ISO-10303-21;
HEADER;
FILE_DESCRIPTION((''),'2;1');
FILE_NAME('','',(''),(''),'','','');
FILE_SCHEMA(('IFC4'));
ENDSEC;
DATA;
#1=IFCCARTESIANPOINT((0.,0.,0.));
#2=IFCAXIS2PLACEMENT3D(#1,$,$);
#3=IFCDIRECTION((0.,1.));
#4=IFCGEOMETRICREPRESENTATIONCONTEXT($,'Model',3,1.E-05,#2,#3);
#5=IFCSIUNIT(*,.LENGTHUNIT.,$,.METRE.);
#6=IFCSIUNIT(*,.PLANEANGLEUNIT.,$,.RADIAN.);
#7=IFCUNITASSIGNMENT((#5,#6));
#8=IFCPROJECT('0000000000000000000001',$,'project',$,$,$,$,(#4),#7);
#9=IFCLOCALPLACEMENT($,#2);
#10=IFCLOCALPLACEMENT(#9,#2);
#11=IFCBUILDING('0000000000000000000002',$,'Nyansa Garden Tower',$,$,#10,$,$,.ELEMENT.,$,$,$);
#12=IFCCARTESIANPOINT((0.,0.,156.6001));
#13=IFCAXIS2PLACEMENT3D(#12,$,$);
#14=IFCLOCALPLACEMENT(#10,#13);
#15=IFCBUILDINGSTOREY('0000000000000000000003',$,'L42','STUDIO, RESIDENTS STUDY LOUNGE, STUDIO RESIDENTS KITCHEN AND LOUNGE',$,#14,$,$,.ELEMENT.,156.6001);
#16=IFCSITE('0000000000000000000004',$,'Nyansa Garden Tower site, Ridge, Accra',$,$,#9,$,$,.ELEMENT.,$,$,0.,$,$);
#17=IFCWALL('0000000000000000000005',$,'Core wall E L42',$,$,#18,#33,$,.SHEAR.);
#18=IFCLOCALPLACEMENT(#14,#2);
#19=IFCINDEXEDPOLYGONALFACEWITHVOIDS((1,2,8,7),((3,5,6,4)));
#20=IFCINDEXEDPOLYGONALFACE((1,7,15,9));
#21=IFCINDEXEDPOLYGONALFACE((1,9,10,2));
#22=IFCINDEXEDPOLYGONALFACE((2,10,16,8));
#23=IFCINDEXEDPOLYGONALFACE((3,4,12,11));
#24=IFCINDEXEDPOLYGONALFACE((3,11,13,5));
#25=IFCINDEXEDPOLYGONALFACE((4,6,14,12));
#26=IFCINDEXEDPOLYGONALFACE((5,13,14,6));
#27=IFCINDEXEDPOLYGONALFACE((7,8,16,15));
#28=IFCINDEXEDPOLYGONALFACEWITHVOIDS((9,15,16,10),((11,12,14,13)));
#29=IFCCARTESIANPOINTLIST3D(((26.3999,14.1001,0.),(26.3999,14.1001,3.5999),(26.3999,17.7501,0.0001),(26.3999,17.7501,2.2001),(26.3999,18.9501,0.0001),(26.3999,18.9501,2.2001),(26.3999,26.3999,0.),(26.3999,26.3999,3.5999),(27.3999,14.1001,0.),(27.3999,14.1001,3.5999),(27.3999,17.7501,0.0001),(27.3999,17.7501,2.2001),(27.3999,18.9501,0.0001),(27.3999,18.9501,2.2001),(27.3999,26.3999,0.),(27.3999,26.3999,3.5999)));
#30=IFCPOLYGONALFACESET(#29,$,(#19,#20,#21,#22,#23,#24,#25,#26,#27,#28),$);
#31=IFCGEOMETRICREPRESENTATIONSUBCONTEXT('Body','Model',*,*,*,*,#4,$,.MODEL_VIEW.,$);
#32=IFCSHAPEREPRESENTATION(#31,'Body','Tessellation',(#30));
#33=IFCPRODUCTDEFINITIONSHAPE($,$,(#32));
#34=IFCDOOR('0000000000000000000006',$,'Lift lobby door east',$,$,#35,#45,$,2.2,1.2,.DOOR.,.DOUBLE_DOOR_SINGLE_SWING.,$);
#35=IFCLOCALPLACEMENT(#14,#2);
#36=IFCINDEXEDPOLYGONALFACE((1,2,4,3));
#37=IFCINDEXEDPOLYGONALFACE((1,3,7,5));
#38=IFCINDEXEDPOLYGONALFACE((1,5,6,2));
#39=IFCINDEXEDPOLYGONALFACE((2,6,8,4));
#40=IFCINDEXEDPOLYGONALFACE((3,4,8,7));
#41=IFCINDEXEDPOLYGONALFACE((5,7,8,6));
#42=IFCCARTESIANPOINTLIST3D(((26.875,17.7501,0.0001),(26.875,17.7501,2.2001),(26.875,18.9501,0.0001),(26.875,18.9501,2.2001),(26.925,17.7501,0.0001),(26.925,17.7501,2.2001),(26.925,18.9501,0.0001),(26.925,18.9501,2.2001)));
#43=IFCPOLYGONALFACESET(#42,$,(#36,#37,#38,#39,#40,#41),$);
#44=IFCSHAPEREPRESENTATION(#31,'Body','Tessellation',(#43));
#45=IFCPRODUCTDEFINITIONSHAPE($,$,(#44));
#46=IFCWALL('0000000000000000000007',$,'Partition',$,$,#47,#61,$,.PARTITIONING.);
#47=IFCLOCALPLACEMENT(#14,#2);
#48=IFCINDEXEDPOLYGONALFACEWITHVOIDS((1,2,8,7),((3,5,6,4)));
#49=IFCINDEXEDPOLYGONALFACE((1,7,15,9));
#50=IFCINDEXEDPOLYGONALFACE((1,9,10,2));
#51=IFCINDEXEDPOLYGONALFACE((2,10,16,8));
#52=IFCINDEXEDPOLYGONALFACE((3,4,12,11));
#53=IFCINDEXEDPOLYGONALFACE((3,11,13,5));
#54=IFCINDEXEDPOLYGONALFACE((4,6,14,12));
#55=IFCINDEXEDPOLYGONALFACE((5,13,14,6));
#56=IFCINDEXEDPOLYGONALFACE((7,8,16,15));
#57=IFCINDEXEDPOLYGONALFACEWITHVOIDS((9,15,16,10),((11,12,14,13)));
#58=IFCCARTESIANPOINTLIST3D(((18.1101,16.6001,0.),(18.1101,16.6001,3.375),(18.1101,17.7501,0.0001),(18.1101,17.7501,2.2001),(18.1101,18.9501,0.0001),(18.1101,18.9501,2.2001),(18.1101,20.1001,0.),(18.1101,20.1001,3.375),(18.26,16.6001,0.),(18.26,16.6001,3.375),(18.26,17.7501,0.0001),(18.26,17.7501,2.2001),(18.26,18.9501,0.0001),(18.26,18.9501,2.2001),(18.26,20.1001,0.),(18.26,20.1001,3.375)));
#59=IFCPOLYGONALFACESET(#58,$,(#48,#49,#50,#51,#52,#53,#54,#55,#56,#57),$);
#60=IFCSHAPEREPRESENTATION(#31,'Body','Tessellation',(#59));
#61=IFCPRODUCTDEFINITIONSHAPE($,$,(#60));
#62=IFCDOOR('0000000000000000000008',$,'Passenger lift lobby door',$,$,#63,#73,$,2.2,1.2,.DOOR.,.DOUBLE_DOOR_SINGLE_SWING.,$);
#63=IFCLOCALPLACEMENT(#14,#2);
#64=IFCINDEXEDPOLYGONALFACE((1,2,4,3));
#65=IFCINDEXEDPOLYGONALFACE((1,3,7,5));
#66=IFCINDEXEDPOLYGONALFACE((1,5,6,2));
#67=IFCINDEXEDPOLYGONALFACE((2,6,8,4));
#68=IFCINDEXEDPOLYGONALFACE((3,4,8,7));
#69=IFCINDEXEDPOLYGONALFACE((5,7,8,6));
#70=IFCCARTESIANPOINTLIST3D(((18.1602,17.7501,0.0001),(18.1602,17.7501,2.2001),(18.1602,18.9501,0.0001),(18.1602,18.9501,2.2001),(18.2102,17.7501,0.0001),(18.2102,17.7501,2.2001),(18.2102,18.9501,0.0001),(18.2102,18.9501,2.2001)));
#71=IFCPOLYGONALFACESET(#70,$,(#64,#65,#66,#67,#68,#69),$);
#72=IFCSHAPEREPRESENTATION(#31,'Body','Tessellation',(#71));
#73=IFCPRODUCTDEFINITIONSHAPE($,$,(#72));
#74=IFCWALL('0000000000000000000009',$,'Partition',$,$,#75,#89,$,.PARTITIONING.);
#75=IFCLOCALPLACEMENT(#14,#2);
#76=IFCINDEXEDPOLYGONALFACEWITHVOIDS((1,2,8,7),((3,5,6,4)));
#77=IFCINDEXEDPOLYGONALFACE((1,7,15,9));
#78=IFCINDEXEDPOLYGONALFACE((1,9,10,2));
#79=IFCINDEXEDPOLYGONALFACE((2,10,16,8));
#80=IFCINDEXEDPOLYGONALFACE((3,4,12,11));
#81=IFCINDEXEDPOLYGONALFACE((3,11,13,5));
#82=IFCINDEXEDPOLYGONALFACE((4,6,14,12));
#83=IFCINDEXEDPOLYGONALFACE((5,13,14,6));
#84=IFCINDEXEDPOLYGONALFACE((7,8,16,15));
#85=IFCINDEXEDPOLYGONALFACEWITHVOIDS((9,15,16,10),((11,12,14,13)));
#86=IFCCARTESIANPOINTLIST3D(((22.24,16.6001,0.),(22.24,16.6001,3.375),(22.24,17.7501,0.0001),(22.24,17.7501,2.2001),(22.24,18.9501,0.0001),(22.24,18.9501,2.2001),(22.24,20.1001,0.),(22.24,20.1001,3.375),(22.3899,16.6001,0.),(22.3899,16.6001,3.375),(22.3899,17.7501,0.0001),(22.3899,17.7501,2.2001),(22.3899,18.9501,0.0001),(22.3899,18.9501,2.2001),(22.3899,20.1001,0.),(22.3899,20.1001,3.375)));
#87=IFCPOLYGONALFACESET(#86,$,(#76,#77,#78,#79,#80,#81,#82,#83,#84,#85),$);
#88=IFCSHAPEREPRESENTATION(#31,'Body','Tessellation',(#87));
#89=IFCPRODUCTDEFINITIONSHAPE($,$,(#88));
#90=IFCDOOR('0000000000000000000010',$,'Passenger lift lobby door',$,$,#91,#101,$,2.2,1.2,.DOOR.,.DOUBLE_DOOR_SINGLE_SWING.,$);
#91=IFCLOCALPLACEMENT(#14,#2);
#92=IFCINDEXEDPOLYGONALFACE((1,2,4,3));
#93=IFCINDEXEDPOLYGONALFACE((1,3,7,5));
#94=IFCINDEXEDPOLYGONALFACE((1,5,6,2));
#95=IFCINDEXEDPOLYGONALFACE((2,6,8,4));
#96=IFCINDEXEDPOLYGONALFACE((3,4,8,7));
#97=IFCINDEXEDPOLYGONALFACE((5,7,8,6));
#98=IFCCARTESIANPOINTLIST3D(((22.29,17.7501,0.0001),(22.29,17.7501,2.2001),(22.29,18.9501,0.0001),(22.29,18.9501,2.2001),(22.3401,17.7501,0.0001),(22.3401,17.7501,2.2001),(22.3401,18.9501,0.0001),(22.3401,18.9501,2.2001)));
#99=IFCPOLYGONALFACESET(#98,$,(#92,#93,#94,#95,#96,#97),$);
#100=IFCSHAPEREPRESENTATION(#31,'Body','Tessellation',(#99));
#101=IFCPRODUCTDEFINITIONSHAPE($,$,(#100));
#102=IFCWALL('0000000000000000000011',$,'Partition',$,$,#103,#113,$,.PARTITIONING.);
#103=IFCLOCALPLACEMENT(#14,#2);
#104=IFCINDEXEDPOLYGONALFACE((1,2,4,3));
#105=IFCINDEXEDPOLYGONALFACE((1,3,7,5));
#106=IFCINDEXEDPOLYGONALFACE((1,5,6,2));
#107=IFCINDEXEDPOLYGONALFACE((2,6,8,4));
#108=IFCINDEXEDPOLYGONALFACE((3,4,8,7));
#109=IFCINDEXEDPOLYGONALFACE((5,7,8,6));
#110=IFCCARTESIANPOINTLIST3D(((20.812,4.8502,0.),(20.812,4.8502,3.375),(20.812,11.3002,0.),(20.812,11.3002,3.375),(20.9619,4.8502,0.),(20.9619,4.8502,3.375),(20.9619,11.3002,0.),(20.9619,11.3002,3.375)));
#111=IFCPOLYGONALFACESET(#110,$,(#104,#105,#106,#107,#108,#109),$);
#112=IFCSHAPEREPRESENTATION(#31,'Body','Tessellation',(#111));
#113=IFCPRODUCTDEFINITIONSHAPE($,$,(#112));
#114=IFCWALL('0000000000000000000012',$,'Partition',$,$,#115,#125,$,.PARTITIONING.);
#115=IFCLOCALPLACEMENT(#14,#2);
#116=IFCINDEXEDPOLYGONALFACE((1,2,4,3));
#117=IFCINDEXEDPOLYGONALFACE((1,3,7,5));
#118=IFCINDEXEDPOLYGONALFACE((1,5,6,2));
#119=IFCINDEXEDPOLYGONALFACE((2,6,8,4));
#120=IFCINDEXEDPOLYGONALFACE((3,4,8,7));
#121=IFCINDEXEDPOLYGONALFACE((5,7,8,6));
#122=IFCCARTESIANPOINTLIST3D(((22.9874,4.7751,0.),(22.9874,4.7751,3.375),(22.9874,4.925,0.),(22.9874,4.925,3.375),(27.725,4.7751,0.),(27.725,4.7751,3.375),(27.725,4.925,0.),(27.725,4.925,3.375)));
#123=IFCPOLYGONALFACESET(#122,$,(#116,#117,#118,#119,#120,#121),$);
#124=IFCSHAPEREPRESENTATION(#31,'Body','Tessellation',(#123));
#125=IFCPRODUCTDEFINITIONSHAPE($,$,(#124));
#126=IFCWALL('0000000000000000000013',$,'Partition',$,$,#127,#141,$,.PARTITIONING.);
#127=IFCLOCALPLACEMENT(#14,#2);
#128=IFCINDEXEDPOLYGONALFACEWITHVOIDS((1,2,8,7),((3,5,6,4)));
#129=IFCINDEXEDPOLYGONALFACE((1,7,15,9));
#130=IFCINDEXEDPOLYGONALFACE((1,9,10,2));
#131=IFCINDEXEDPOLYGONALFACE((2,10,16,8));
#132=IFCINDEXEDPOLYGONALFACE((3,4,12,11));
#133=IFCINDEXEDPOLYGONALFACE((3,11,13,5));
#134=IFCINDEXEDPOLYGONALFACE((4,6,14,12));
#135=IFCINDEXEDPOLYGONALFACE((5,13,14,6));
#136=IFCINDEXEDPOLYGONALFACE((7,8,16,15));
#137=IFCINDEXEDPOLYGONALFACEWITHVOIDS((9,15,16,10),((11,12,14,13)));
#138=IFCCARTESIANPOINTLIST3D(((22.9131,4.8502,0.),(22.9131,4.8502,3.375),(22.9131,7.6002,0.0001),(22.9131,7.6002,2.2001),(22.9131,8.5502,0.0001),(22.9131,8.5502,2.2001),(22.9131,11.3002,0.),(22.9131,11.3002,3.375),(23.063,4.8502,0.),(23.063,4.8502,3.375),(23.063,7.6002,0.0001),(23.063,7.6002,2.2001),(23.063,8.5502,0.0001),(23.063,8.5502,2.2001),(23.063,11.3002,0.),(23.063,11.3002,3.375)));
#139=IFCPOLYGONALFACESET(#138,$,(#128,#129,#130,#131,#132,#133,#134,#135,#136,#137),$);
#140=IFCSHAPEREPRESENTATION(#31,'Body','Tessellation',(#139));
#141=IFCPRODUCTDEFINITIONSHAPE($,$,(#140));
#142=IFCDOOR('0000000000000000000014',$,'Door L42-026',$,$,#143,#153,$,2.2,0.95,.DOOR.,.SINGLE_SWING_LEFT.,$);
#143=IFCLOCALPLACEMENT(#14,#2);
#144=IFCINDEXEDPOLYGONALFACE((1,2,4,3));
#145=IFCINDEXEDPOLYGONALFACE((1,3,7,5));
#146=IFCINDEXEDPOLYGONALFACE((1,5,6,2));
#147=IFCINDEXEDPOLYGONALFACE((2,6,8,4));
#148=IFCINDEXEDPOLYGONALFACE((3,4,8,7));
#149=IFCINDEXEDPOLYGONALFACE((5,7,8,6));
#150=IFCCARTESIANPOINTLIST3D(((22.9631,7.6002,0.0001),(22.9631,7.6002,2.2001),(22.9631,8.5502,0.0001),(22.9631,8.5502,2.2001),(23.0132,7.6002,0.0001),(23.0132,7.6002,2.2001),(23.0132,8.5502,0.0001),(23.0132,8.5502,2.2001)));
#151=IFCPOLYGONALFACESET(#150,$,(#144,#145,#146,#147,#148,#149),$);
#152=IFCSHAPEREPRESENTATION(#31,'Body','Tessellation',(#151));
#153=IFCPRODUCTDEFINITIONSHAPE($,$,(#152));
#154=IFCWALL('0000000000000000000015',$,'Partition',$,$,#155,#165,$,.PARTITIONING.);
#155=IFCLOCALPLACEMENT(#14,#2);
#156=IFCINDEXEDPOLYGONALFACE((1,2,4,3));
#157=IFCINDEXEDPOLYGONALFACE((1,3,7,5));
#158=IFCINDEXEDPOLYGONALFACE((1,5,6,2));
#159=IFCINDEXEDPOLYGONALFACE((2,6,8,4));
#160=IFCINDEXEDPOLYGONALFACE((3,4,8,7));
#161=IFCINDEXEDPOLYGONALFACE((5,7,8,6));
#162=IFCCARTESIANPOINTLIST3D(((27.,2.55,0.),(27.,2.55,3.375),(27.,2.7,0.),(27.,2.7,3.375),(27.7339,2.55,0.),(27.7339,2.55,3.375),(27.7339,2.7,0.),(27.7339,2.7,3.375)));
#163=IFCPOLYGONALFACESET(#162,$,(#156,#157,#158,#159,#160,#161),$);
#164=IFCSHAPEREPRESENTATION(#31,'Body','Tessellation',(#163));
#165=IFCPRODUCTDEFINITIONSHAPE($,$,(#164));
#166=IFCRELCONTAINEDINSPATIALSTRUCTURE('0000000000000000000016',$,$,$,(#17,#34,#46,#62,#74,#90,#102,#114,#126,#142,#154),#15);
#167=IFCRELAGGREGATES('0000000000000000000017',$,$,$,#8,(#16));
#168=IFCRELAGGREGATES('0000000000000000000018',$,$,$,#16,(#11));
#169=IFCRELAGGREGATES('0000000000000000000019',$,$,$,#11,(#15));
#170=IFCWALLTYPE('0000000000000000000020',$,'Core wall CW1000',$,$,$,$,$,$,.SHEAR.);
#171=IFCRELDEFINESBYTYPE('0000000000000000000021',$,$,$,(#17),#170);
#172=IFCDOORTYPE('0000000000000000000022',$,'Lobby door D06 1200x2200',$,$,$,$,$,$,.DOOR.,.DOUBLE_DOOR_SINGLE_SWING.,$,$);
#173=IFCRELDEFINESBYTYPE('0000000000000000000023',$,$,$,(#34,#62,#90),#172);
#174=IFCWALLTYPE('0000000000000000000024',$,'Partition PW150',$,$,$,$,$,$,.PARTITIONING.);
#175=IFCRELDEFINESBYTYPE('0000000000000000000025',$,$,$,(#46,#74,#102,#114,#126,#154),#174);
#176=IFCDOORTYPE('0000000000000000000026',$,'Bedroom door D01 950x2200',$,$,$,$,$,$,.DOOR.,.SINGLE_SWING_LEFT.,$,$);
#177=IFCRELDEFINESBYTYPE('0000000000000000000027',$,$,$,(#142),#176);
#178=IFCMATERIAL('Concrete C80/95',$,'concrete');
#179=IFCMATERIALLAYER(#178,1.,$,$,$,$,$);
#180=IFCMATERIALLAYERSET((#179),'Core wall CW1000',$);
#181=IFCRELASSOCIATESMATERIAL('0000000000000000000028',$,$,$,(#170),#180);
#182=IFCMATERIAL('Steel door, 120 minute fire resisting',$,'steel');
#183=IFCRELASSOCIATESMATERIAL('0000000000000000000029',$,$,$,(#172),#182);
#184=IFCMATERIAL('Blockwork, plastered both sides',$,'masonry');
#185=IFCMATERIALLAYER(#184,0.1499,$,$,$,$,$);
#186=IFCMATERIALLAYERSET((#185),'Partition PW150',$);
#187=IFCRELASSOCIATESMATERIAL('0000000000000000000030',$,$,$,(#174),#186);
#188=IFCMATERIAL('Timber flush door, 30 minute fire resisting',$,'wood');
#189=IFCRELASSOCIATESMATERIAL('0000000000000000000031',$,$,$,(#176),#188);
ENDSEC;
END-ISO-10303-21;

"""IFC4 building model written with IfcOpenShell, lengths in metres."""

from ifc_helpers import new_model, si_unit, direction, frame, frame_2d, origin, place, context, subcontext, project, spatial, rectangle, extrude, material, layer, layer_set, type_object, element, fill, save


model = new_model("IFC4")

# Units and contexts
model_context = context("Model", 3, precision=1e-05, world=origin(), true_north=direction((0.0, 1.0)))
body_context = subcontext(model_context, "Body", "Model", "MODEL_VIEW")
ifc_project = project(units=[si_unit("LENGTHUNIT", "METRE"), si_unit("PLANEANGLEUNIT", "RADIAN")], contexts=[model_context])

# Site, building, storey
site_placement = place(None, origin())
site = spatial("IfcSite", under=ifc_project, at=site_placement, Name="Nyansa Garden Tower site, Ridge, Accra", CompositionType="ELEMENT", RefElevation=0.0)
building_placement = place(site_placement, origin())
building = spatial("IfcBuilding", under=site, at=building_placement, Name="Nyansa Garden Tower", CompositionType="ELEMENT")
storey_placement = place(building_placement, frame((0.0, 0.0, 156.6001)))
storey = spatial("IfcBuildingStorey", under=building, at=storey_placement, Name="L42", Description="STUDIO, RESIDENTS STUDY LOUNGE, STUDIO RESIDENTS KITCHEN AND LOUNGE", CompositionType="ELEMENT", Elevation=156.6001)

# Walls, openings, doors
ifc_material_1 = material(Name="Concrete C80/95", Category="concrete")
ifc_layer_1 = layer(ifc_material_1, 1.0)
ifc_layer_set_1 = layer_set([ifc_layer_1], Name="Core wall CW1000")
wall_type_1 = type_object("IfcWallType", Name="Core wall CW1000", PredefinedType="SHEAR", material=ifc_layer_set_1)
wall_1_placement = place(storey_placement, frame((26.8999, 14.1001, 0.0), z_axis=(0.0, 0.0, 1.0), x_axis=(0.0, 1.0, 0.0)))
wall_1 = element("IfcWall", 1, at=wall_1_placement, inside=storey, type_object=wall_type_1, Name="Core wall E L42", PredefinedType="SHEAR", context=body_context, shape_type="SweptSolid", body=[
    extrude(rectangle(XDim=12.2998, YDim=1.0, at=frame_2d((6.1499, 0.0))), origin(), (0.0, 0.0, 1.0), 3.5999),
])
opening_1_placement = place(wall_1_placement, frame((3.6499, 0.0, 0.0)))
opening_1 = element("IfcOpeningElement", 2, at=opening_1_placement, cuts=wall_1, PredefinedType="OPENING", context=body_context, shape_type="SweptSolid", body=[
    extrude(rectangle(XDim=1.2, YDim=2.2, at=frame_2d((0.6001, 1.1001))), frame((0.0, 0.51, 0.0), z_axis=(0.0, -1.0, 0.0), x_axis=(1.0, 0.0, 0.0)), (0.0, 0.0, 1.0), 1.02),
])
ifc_material_2 = material(Name="Steel door, 120 minute fire resisting", Category="steel")
door_type_1 = type_object("IfcDoorType", Name="Lobby door D06 1200x2200", OperationType="DOUBLE_DOOR_SINGLE_SWING", PredefinedType="DOOR", material=ifc_material_2)
door_1_placement = place(opening_1_placement, origin())
door_1 = element("IfcDoor", 3, at=door_1_placement, inside=storey, type_object=door_type_1, Name="Lift lobby door east", OperationType="DOUBLE_DOOR_SINGLE_SWING", OverallHeight=2.2, OverallWidth=1.2, PredefinedType="DOOR", context=body_context, shape_type="SweptSolid", body=[
    extrude(rectangle(XDim=1.2, YDim=2.2, at=frame_2d((0.6001, 1.1001))), frame((0.0, 0.0249, 0.0), z_axis=(0.0, -1.0, 0.0), x_axis=(1.0, 0.0, 0.0)), (0.0, 0.0, 1.0), 0.05),
])
fill(opening_1, door_1)
ifc_material_3 = material(Name="Blockwork, plastered both sides", Category="masonry")
ifc_layer_2 = layer(ifc_material_3, 0.1499)
ifc_layer_set_2 = layer_set([ifc_layer_2], Name="Partition PW150")
wall_type_2 = type_object("IfcWallType", Name="Partition PW150", PredefinedType="PARTITIONING", material=ifc_layer_set_2)
wall_2_placement = place(storey_placement, frame((18.1851, 16.6001, 0.0), z_axis=(0.0, 0.0, 1.0), x_axis=(0.0, 1.0, 0.0)))
wall_2 = element("IfcWall", 4, at=wall_2_placement, inside=storey, type_object=wall_type_2, Name="Partition", PredefinedType="PARTITIONING", context=body_context, shape_type="SweptSolid", body=[
    extrude(rectangle(XDim=3.5, YDim=0.1499, at=frame_2d((1.75, 0.0))), origin(), (0.0, 0.0, 1.0), 3.375),
])
opening_2_placement = place(wall_2_placement, frame((1.1499, 0.0, 0.0)))
opening_2 = element("IfcOpeningElement", 5, at=opening_2_placement, cuts=wall_2, PredefinedType="OPENING", context=body_context, shape_type="SweptSolid", body=[
    extrude(rectangle(XDim=1.2, YDim=2.2, at=frame_2d((0.6001, 1.1001))), frame((0.0, 0.085, 0.0), z_axis=(0.0, -1.0, 0.0), x_axis=(1.0, 0.0, 0.0)), (0.0, 0.0, 1.0), 0.1699),
])
door_2_placement = place(opening_2_placement, origin())
door_2 = element("IfcDoor", 6, at=door_2_placement, inside=storey, type_object=door_type_1, Name="Passenger lift lobby door", OperationType="DOUBLE_DOOR_SINGLE_SWING", OverallHeight=2.2, OverallWidth=1.2, PredefinedType="DOOR", context=body_context, shape_type="SweptSolid", body=[
    extrude(rectangle(XDim=1.2, YDim=2.2, at=frame_2d((0.6001, 1.1001))), frame((0.0, 0.0249, 0.0), z_axis=(0.0, -1.0, 0.0), x_axis=(1.0, 0.0, 0.0)), (0.0, 0.0, 1.0), 0.05),
])
fill(opening_2, door_2)
wall_3_placement = place(storey_placement, frame((22.3149, 16.6001, 0.0), z_axis=(0.0, 0.0, 1.0), x_axis=(0.0, 1.0, 0.0)))
wall_3 = element("IfcWall", 7, at=wall_3_placement, inside=storey, type_object=wall_type_2, Name="Partition", PredefinedType="PARTITIONING", context=body_context, shape_type="SweptSolid", body=[
    extrude(rectangle(XDim=3.5, YDim=0.1499, at=frame_2d((1.75, 0.0))), origin(), (0.0, 0.0, 1.0), 3.375),
])
opening_3_placement = place(wall_3_placement, frame((1.1499, 0.0, 0.0)))
opening_3 = element("IfcOpeningElement", 8, at=opening_3_placement, cuts=wall_3, PredefinedType="OPENING", context=body_context, shape_type="SweptSolid", body=[
    extrude(rectangle(XDim=1.2, YDim=2.2, at=frame_2d((0.6001, 1.1001))), frame((0.0, 0.085, 0.0), z_axis=(0.0, -1.0, 0.0), x_axis=(1.0, 0.0, 0.0)), (0.0, 0.0, 1.0), 0.1699),
])
door_3_placement = place(opening_3_placement, origin())
door_3 = element("IfcDoor", 9, at=door_3_placement, inside=storey, type_object=door_type_1, Name="Passenger lift lobby door", OperationType="DOUBLE_DOOR_SINGLE_SWING", OverallHeight=2.2, OverallWidth=1.2, PredefinedType="DOOR", context=body_context, shape_type="SweptSolid", body=[
    extrude(rectangle(XDim=1.2, YDim=2.2, at=frame_2d((0.6001, 1.1001))), frame((0.0, 0.0249, 0.0), z_axis=(0.0, -1.0, 0.0), x_axis=(1.0, 0.0, 0.0)), (0.0, 0.0, 1.0), 0.05),
])
fill(opening_3, door_3)

# Walls
wall_4_placement = place(storey_placement, frame((20.887, 4.8501, 0.0), z_axis=(0.0, 0.0, 1.0), x_axis=(0.0, 1.0, 0.0)))
element("IfcWall", 10, at=wall_4_placement, inside=storey, type_object=wall_type_2, Name="Partition", PredefinedType="PARTITIONING", context=body_context, shape_type="SweptSolid", body=[
    extrude(rectangle(XDim=6.45, YDim=0.1499, at=frame_2d((3.2251, 0.0))), origin(), (0.0, 0.0, 1.0), 3.375),
])
wall_5_placement = place(storey_placement, frame((22.9875, 4.8501, 0.0), z_axis=(0.0, 0.0, 1.0), x_axis=(1.0, 0.0, 0.0)))
element("IfcWall", 11, at=wall_5_placement, inside=storey, type_object=wall_type_2, Name="Partition", PredefinedType="PARTITIONING", context=body_context, shape_type="SweptSolid", body=[
    extrude(rectangle(XDim=4.7375, YDim=0.1499, at=frame_2d((2.3687, 0.0))), origin(), (0.0, 0.0, 1.0), 3.375),
])

# Wall, opening, door
wall_6_placement = place(storey_placement, frame((22.988, 4.8501, 0.0), z_axis=(0.0, 0.0, 1.0), x_axis=(0.0, 1.0, 0.0)))
wall_6 = element("IfcWall", 12, at=wall_6_placement, inside=storey, type_object=wall_type_2, Name="Partition", PredefinedType="PARTITIONING", context=body_context, shape_type="SweptSolid", body=[
    extrude(rectangle(XDim=6.45, YDim=0.1499, at=frame_2d((3.2251, 0.0))), origin(), (0.0, 0.0, 1.0), 3.375),
])
opening_4_placement = place(wall_6_placement, frame((2.75, 0.0, 0.0)))
opening_4 = element("IfcOpeningElement", 13, at=opening_4_placement, cuts=wall_6, PredefinedType="OPENING", context=body_context, shape_type="SweptSolid", body=[
    extrude(rectangle(XDim=0.95, YDim=2.2, at=frame_2d((0.4751, 1.1001))), frame((0.0, 0.085, 0.0), z_axis=(0.0, -1.0, 0.0), x_axis=(1.0, 0.0, 0.0)), (0.0, 0.0, 1.0), 0.1699),
])
ifc_material_4 = material(Name="Timber flush door, 30 minute fire resisting", Category="wood")
door_type_2 = type_object("IfcDoorType", Name="Bedroom door D01 950x2200", OperationType="SINGLE_SWING_LEFT", PredefinedType="DOOR", material=ifc_material_4)
door_4_placement = place(opening_4_placement, origin())
door_4 = element("IfcDoor", 14, at=door_4_placement, inside=storey, type_object=door_type_2, Name="Door L42-026", OperationType="SINGLE_SWING_LEFT", OverallHeight=2.2, OverallWidth=0.95, PredefinedType="DOOR", context=body_context, shape_type="SweptSolid", body=[
    extrude(rectangle(XDim=0.95, YDim=2.2, at=frame_2d((0.4751, 1.1001))), frame((0.0, 0.0249, 0.0), z_axis=(0.0, -1.0, 0.0), x_axis=(1.0, 0.0, 0.0)), (0.0, 0.0, 1.0), 0.05),
])
fill(opening_4, door_4)

# Wall
wall_7_placement = place(storey_placement, frame((27.0, 2.625, 0.0), z_axis=(0.0, 0.0, 1.0), x_axis=(1.0, 0.0, 0.0)))
element("IfcWall", 15, at=wall_7_placement, inside=storey, type_object=wall_type_2, Name="Partition", PredefinedType="PARTITIONING", context=body_context, shape_type="SweptSolid", body=[
    extrude(rectangle(XDim=0.7339, YDim=0.1499, at=frame_2d((0.3669, 0.0))), origin(), (0.0, 0.0, 1.0), 3.375),
])

save(model, "model.ifc")
